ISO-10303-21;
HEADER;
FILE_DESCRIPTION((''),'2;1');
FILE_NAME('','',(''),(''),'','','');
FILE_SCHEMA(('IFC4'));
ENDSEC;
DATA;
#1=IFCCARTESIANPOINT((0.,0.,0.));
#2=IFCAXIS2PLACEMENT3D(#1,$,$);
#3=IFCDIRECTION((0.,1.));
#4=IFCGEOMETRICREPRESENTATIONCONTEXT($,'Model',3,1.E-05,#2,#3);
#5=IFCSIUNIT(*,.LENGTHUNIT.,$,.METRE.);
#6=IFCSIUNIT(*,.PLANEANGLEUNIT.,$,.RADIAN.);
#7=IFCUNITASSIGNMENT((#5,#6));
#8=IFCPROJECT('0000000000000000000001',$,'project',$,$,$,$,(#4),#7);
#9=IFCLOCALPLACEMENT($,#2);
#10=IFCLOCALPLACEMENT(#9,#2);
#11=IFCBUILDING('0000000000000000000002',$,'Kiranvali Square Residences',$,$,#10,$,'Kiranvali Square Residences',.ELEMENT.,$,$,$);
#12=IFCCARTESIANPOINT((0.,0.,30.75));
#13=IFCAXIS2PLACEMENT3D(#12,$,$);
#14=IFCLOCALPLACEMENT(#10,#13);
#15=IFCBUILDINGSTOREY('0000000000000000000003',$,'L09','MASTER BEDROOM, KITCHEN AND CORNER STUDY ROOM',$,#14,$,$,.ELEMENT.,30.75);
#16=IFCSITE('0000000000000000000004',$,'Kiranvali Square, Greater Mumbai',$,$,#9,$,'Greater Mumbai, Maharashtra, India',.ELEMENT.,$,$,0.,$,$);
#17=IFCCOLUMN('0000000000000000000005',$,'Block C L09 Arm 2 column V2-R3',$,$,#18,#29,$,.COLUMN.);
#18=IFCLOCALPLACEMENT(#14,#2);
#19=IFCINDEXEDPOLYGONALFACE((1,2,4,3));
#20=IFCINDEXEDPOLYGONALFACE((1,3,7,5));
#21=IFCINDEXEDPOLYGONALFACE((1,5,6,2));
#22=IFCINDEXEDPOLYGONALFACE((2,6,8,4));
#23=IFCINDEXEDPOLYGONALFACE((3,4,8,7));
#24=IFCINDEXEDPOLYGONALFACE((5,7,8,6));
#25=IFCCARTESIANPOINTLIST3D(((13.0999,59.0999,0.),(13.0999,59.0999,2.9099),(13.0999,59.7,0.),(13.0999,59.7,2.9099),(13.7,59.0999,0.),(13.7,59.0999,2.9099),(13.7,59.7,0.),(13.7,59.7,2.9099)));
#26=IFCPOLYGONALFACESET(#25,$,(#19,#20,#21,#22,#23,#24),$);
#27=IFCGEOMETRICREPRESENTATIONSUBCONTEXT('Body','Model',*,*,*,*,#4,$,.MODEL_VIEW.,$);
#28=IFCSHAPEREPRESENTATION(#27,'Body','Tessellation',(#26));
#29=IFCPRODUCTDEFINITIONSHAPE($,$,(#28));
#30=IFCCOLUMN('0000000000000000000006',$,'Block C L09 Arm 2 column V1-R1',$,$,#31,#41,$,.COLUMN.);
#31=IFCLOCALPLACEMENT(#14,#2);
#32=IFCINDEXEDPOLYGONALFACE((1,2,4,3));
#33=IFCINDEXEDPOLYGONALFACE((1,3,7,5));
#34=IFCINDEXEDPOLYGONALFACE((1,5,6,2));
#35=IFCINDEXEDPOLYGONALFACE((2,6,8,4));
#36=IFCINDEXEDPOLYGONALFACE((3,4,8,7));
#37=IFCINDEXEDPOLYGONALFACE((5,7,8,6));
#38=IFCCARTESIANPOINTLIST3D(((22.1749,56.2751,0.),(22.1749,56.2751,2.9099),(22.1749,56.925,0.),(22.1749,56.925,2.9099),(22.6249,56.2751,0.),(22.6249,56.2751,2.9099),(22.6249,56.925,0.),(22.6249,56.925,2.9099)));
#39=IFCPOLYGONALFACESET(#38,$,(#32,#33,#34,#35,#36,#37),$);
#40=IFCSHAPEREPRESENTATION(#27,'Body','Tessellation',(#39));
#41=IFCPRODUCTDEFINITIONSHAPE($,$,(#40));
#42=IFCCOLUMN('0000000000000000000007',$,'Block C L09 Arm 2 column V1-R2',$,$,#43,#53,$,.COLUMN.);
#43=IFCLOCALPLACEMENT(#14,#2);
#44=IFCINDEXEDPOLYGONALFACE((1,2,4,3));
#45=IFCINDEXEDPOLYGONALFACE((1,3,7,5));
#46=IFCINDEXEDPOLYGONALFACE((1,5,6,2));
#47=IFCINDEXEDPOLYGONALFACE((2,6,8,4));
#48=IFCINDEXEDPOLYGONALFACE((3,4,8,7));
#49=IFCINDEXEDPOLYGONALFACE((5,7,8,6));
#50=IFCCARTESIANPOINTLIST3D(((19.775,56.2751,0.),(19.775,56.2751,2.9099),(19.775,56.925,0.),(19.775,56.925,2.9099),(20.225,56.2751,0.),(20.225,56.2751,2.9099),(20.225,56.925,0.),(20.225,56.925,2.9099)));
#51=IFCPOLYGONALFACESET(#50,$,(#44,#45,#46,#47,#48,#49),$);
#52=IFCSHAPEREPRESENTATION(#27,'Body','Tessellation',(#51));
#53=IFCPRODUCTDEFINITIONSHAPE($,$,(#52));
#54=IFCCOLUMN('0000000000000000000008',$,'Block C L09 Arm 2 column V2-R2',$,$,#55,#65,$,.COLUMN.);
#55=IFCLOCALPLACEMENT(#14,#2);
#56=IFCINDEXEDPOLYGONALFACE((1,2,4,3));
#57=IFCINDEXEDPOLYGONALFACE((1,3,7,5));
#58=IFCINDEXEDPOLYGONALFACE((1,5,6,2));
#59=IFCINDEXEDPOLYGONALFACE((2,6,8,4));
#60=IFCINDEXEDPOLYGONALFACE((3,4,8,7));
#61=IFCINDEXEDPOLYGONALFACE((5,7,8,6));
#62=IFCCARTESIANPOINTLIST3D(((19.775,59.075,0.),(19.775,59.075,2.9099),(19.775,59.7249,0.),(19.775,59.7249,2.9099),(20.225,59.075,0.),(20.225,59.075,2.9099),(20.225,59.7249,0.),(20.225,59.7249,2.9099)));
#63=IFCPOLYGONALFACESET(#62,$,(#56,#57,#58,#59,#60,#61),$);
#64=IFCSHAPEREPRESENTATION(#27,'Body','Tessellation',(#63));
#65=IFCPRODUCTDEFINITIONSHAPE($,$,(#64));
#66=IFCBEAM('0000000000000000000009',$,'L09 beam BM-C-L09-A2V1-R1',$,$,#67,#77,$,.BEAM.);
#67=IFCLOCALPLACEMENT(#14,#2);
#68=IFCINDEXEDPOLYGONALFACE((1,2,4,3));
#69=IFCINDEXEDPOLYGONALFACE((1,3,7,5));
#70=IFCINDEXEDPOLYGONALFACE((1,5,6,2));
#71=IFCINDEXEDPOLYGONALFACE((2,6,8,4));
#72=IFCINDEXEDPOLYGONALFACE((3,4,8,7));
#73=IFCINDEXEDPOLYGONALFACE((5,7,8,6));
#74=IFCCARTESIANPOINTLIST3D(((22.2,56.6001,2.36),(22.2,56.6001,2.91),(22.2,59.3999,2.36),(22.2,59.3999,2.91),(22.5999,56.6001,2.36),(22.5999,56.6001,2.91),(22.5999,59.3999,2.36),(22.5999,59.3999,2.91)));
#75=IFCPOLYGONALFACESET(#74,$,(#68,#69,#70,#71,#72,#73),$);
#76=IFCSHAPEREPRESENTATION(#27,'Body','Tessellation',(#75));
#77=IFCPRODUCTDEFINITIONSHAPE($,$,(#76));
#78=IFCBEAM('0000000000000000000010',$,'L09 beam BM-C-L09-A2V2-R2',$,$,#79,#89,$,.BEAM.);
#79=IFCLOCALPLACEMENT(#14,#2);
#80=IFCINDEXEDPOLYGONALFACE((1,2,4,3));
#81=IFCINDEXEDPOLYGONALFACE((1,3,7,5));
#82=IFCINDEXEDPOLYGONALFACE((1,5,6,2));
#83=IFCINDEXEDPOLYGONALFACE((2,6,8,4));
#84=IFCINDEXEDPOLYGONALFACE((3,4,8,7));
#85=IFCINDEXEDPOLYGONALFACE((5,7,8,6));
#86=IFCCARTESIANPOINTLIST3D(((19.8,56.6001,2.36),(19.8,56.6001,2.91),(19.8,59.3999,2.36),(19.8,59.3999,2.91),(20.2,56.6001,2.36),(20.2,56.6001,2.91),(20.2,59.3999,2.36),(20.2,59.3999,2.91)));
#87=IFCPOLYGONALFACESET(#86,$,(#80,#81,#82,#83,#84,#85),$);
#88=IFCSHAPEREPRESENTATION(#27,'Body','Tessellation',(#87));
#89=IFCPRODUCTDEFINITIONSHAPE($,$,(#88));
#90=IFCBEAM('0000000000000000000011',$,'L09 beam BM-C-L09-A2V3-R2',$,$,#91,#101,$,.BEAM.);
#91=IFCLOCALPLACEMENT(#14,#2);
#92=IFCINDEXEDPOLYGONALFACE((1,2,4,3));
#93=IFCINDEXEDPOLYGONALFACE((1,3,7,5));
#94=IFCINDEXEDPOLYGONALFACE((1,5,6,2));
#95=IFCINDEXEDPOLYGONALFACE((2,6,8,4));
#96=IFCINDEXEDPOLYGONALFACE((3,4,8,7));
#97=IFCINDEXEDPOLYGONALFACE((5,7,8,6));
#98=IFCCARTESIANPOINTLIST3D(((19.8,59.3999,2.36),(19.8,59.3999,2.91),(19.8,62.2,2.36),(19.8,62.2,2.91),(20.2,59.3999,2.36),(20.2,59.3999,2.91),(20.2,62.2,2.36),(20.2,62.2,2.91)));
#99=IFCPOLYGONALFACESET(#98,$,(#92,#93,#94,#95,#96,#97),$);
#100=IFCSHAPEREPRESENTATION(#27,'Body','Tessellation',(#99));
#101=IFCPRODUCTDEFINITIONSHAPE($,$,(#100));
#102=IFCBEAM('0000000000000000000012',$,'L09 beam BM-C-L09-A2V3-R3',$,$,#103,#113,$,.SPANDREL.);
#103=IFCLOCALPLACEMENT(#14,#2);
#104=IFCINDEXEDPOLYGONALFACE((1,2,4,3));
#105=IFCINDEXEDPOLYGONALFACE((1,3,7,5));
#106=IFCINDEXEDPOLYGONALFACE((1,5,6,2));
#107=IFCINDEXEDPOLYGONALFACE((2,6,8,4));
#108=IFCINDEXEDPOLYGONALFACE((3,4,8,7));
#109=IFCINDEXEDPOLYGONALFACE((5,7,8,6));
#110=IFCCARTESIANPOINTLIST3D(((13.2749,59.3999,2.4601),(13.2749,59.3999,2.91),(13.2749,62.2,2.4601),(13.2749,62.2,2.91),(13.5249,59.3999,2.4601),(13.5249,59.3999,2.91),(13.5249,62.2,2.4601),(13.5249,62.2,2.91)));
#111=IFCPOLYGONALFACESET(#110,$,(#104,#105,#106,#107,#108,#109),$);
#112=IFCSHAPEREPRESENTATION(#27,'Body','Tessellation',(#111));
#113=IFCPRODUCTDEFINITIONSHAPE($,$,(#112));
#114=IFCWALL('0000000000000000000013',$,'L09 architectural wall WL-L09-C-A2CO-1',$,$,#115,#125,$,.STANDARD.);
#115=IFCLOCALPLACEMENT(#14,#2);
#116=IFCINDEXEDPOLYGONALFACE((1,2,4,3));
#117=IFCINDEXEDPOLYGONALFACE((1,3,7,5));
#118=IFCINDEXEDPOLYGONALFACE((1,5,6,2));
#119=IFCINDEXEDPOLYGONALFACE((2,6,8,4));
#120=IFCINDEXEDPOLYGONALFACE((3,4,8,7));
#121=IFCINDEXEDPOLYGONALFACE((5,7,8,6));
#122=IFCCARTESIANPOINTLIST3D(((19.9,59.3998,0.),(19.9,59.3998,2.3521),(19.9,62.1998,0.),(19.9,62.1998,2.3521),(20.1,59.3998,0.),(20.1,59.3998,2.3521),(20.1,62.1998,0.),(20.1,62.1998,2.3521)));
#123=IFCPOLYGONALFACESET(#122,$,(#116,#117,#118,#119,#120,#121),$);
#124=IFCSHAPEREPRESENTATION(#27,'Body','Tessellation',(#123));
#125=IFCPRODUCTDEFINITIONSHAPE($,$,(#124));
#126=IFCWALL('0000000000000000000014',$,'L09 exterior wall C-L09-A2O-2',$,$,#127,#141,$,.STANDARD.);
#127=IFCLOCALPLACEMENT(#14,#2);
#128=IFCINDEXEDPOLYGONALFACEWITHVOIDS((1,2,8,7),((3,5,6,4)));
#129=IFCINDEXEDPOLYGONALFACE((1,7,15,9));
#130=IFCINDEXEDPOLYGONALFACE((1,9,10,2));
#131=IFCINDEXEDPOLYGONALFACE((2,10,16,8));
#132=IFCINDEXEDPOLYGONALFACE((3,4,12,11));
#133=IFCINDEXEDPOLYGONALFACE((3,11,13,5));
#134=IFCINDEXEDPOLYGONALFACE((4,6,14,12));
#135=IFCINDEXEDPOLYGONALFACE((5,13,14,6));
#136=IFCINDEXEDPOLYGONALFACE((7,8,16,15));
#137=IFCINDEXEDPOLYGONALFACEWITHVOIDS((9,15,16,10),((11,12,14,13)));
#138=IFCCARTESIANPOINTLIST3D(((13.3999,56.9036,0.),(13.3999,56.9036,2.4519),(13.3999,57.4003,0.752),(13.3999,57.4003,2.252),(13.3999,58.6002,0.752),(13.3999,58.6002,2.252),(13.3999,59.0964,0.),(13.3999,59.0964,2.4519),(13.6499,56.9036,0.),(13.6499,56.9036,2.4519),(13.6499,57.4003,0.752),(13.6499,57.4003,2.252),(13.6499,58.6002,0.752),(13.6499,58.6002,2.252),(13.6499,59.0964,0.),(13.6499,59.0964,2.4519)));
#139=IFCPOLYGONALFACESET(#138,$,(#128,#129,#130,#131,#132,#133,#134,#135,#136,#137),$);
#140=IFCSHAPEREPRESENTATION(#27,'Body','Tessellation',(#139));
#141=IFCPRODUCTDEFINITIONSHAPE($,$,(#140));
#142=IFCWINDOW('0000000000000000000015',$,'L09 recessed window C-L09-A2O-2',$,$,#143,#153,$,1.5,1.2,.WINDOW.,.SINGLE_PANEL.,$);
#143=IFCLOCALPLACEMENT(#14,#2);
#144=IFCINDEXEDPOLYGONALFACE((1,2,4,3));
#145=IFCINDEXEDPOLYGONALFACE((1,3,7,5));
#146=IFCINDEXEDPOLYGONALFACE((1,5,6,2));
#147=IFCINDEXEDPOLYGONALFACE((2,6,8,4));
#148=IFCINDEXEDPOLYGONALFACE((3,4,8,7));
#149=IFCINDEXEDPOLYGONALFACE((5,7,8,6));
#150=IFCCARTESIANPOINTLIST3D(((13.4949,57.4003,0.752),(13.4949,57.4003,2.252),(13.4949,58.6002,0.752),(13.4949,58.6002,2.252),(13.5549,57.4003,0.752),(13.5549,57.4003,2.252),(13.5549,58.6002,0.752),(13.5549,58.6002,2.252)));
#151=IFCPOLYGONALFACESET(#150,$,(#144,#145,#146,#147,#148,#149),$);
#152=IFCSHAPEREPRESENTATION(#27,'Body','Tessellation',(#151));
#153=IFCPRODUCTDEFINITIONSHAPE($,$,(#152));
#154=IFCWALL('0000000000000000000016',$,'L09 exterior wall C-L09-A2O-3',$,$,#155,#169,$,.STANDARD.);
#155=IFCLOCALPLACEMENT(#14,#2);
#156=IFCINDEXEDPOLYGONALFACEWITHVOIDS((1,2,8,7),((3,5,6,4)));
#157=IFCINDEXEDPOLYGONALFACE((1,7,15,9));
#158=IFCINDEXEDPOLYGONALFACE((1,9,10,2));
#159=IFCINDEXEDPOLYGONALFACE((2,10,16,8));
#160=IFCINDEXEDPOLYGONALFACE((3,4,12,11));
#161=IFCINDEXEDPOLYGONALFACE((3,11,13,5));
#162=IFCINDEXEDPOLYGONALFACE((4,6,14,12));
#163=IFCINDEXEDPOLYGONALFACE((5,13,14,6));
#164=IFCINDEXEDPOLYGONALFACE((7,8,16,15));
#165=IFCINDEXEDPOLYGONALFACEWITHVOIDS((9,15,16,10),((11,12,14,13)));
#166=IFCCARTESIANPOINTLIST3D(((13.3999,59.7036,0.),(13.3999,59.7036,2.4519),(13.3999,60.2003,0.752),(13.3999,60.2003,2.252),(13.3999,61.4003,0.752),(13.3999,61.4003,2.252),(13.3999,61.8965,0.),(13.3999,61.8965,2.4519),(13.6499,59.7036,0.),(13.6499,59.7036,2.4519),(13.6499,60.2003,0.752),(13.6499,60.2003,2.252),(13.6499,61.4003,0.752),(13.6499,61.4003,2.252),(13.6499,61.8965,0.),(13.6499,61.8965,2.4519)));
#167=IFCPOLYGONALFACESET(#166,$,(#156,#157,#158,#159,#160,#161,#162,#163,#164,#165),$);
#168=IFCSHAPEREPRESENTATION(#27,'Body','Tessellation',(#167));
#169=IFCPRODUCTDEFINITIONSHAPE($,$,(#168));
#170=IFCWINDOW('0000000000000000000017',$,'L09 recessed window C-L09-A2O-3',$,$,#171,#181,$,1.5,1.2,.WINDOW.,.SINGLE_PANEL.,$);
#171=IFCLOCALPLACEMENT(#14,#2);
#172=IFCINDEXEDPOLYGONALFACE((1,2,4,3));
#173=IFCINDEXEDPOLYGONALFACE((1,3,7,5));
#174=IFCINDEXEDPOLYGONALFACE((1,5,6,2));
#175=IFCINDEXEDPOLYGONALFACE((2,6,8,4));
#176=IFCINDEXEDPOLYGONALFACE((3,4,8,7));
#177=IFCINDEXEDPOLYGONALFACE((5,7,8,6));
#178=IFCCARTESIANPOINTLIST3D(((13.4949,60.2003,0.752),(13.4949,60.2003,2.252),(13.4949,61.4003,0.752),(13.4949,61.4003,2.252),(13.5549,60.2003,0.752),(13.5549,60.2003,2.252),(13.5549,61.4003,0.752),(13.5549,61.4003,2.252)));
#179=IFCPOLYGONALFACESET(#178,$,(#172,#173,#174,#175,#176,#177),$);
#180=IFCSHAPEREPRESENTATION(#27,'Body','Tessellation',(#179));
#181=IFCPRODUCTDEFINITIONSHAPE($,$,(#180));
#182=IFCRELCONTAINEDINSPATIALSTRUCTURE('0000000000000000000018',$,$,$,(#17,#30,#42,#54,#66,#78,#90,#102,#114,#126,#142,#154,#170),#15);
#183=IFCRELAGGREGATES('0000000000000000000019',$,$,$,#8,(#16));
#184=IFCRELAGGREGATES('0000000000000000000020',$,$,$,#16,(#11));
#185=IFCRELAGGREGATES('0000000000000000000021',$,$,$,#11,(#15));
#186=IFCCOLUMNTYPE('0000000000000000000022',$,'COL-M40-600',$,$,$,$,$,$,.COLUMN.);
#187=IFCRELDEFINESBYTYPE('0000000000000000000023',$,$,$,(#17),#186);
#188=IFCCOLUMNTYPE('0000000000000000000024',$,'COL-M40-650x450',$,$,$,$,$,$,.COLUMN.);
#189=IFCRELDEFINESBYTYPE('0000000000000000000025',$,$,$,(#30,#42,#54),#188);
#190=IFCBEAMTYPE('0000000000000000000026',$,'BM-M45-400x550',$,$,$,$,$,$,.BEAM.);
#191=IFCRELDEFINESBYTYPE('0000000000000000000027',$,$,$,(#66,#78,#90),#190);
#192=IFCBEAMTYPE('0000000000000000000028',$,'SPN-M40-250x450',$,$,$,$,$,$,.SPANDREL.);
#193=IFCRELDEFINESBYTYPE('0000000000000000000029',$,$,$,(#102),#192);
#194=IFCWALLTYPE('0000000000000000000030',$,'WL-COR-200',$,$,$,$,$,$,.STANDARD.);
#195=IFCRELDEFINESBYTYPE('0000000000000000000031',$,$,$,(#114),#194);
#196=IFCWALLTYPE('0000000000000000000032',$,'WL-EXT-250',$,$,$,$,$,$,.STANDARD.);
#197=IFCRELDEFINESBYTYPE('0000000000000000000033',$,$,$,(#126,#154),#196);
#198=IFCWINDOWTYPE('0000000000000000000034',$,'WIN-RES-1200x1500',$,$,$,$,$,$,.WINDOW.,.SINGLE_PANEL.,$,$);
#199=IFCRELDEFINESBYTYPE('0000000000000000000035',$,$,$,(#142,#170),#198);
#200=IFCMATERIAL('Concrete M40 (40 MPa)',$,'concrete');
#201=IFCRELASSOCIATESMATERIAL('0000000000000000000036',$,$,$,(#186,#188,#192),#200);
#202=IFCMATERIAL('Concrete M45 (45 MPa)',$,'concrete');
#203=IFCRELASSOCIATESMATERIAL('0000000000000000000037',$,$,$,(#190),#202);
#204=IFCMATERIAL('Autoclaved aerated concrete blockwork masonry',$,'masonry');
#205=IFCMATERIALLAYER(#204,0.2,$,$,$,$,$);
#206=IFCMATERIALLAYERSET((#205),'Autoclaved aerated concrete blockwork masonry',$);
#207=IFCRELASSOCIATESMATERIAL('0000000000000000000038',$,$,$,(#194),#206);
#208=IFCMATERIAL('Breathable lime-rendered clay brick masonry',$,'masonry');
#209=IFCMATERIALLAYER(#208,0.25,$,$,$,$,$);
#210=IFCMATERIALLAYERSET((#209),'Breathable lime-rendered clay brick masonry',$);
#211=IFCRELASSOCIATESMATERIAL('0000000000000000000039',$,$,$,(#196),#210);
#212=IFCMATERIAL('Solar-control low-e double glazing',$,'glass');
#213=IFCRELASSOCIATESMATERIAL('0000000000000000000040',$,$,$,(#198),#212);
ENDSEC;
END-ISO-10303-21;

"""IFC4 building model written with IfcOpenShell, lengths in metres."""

from ifc_helpers import new_model, si_unit, direction, frame, frame_2d, origin, origin_2d, place, context, subcontext, project, spatial, rectangle, extrude, material, layer, layer_set, material_profile, profile_set, type_object, element, fill, save


model = new_model("IFC4")

# Units and contexts
model_context = context("Model", 3, precision=1e-05, world=origin(), true_north=direction((0.0, 1.0)))
body_context = subcontext(model_context, "Body", "Model", "MODEL_VIEW")
ifc_project = project(units=[si_unit("LENGTHUNIT", "METRE"), si_unit("PLANEANGLEUNIT", "RADIAN")], contexts=[model_context])

# Site, building, storey
site_placement = place(None, origin())
site = spatial("IfcSite", under=ifc_project, at=site_placement, Name="Kiranvali Square, Greater Mumbai", LongName="Greater Mumbai, Maharashtra, India", CompositionType="ELEMENT", RefElevation=0.0)
building_placement = place(site_placement, origin())
building = spatial("IfcBuilding", under=site, at=building_placement, Name="Kiranvali Square Residences", LongName="Kiranvali Square Residences", CompositionType="ELEMENT")
storey_placement = place(building_placement, frame((0.0, 0.0, 30.75)))
storey = spatial("IfcBuildingStorey", under=building, at=storey_placement, Name="L09", Description="MASTER BEDROOM, KITCHEN AND CORNER STUDY ROOM", CompositionType="ELEMENT", Elevation=30.75)

# Columns
ifc_material_1 = material(Name="Concrete M40 (40 MPa)", Category="concrete")
ifc_material_profile_1 = material_profile(ifc_material_1, rectangle(XDim=0.6001, YDim=0.6001, at=origin_2d()), Name="RC 600x600")
ifc_profile_set_1 = profile_set([ifc_material_profile_1], Name="Concrete M40 (40 MPa)")
column_type_1 = type_object("IfcColumnType", Name="COL-M40-600", PredefinedType="COLUMN", material=ifc_profile_set_1)
column_placement = place(storey_placement, frame((13.3999, 59.3999, 0.0), z_axis=(0.0, 0.0, 1.0), x_axis=(1.0, 0.0, 0.0)))
element("IfcColumn", 1, at=column_placement, inside=storey, type_object=column_type_1, Name="Block C L09 Arm 2 column V2-R3", PredefinedType="COLUMN", context=body_context, shape_type="SweptSolid", body=[
    extrude(rectangle(XDim=0.6001, YDim=0.6001, at=origin_2d()), origin(), (0.0, 0.0, 1.0), 2.9099),
])
ifc_material_profile_2 = material_profile(ifc_material_1, rectangle(XDim=0.45, YDim=0.6499, at=origin_2d()), Name="RC 650x450")
ifc_profile_set_2 = profile_set([ifc_material_profile_2], Name="Concrete M40 (40 MPa)")
column_type_2 = type_object("IfcColumnType", Name="COL-M40-650x450", PredefinedType="COLUMN", material=ifc_profile_set_2)
for number, where, z_axis, x_axis, name in (
    (2, (22.3999, 56.6001, 0.0), (0.0, 0.0, 1.0), (1.0, 0.0, 0.0), "Block C L09 Arm 2 column V1-R1"),
    (3, (20.0, 56.6001, 0.0), (0.0, 0.0, 1.0), (1.0, 0.0, 0.0), "Block C L09 Arm 2 column V1-R2"),
    (4, (20.0, 59.3999, 0.0), (0.0, 0.0, 1.0), (1.0, 0.0, 0.0), "Block C L09 Arm 2 column V2-R2"),
):
    element("IfcColumn", number, at=place(storey_placement, frame(where, z_axis=z_axis, x_axis=x_axis)), inside=storey, type_object=column_type_2, Name=name, PredefinedType="COLUMN", context=body_context, shape_type="SweptSolid", body=[
        extrude(rectangle(XDim=0.45, YDim=0.6499, at=origin_2d()), origin(), (0.0, 0.0, 1.0), 2.9099),
    ])

# Beams
ifc_material_2 = material(Name="Concrete M45 (45 MPa)", Category="concrete")
ifc_material_profile_3 = material_profile(ifc_material_2, rectangle(XDim=0.3999, YDim=0.55, at=origin_2d()), Name="RC 400x550")
ifc_profile_set_3 = profile_set([ifc_material_profile_3], Name="Concrete M45 (45 MPa)")
beam_type_1 = type_object("IfcBeamType", Name="BM-M45-400x550", PredefinedType="BEAM", material=ifc_profile_set_3)
for number, where, z_axis, x_axis, name in (
    (5, (22.3999, 56.6001, 2.635), (0.0, 1.0, 0.0), (-1.0, 0.0, 0.0), "L09 beam BM-C-L09-A2V1-R1"),
    (6, (20.0, 56.6001, 2.635), (0.0, 1.0, 0.0), (-1.0, 0.0, 0.0), "L09 beam BM-C-L09-A2V2-R2"),
):
    element("IfcBeam", number, at=place(storey_placement, frame(where, z_axis=z_axis, x_axis=x_axis)), inside=storey, type_object=beam_type_1, Name=name, PredefinedType="BEAM", context=body_context, shape_type="SweptSolid", body=[
        extrude(rectangle(XDim=0.3999, YDim=0.55, at=origin_2d()), origin(), (0.0, 0.0, 1.0), 2.7998),
    ])
beam_1_placement = place(storey_placement, frame((20.0, 59.3999, 2.635), z_axis=(0.0, 1.0, 0.0), x_axis=(-1.0, 0.0, 0.0)))
element("IfcBeam", 7, at=beam_1_placement, inside=storey, type_object=beam_type_1, Name="L09 beam BM-C-L09-A2V3-R2", PredefinedType="BEAM", context=body_context, shape_type="SweptSolid", body=[
    extrude(rectangle(XDim=0.3999, YDim=0.55, at=origin_2d()), origin(), (0.0, 0.0, 1.0), 2.8),
])
ifc_material_profile_4 = material_profile(ifc_material_1, rectangle(XDim=0.25, YDim=0.45, at=origin_2d()), Name="RC 250x450")
ifc_profile_set_4 = profile_set([ifc_material_profile_4], Name="Concrete M40 (40 MPa)")
beam_type_2 = type_object("IfcBeamType", Name="SPN-M40-250x450", PredefinedType="SPANDREL", material=ifc_profile_set_4)
beam_2_placement = place(storey_placement, frame((13.3999, 59.3999, 2.6851), z_axis=(0.0, 1.0, 0.0), x_axis=(-1.0, 0.0, 0.0)))
element("IfcBeam", 8, at=beam_2_placement, inside=storey, type_object=beam_type_2, Name="L09 beam BM-C-L09-A2V3-R3", PredefinedType="SPANDREL", context=body_context, shape_type="SweptSolid", body=[
    extrude(rectangle(XDim=0.25, YDim=0.45, at=origin_2d()), origin(), (0.0, 0.0, 1.0), 2.8),
])

# Shared definitions
ifc_material_3 = material(Name="Autoclaved aerated concrete blockwork masonry", Category="masonry")
ifc_layer_1 = layer(ifc_material_3, 0.2)
ifc_layer_set_1 = layer_set([ifc_layer_1], Name="Autoclaved aerated concrete blockwork masonry")
wall_type_1 = type_object("IfcWallType", Name="WL-COR-200", PredefinedType="STANDARD", material=ifc_layer_set_1)

# Wall
wall_1_placement = place(storey_placement, frame((20.0, 59.3999, 0.0), z_axis=(0.0, 0.0, 1.0), x_axis=(0.0, 1.0, 0.0)))
element("IfcWall", 9, at=wall_1_placement, inside=storey, type_object=wall_type_1, Name="L09 architectural wall WL-L09-C-A2CO-1", PredefinedType="STANDARD", context=body_context, shape_type="SweptSolid", body=[
    extrude(rectangle(XDim=2.8, YDim=0.2, at=frame_2d((1.3999, 0.0))), origin(), (0.0, 0.0, 1.0), 2.3521),
])

# Walls, openings, windows
ifc_material_4 = material(Name="Breathable lime-rendered clay brick masonry", Category="masonry")
ifc_layer_2 = layer(ifc_material_4, 0.25)
ifc_layer_set_2 = layer_set([ifc_layer_2], Name="Breathable lime-rendered clay brick masonry")
wall_type_2 = type_object("IfcWallType", Name="WL-EXT-250", PredefinedType="STANDARD", material=ifc_layer_set_2)
wall_2_placement = place(storey_placement, frame((13.5249, 56.9036, 0.0), z_axis=(0.0, 0.0, 1.0), x_axis=(0.0, 1.0, 0.0)))
wall_2 = element("IfcWall", 10, at=wall_2_placement, inside=storey, type_object=wall_type_2, Name="L09 exterior wall C-L09-A2O-2", PredefinedType="STANDARD", context=body_context, shape_type="SweptSolid", body=[
    extrude(rectangle(XDim=2.1929, YDim=0.25, at=frame_2d((1.0964, 0.0))), origin(), (0.0, 0.0, 1.0), 2.4519),
])
opening_1_placement = place(wall_2_placement, frame((0.4966, 0.0, 0.752)))
opening_1 = element("IfcOpeningElement", 11, at=opening_1_placement, cuts=wall_2, PredefinedType="OPENING", context=body_context, shape_type="SweptSolid", body=[
    extrude(rectangle(XDim=1.2, YDim=1.5, at=frame_2d((0.6001, 0.75))), frame((0.0, 0.135, 0.0), z_axis=(0.0, -1.0, 0.0), x_axis=(1.0, 0.0, 0.0)), (0.0, 0.0, 1.0), 0.27),
])
ifc_material_5 = material(Name="Solar-control low-e double glazing", Category="glass")
window_type_1 = type_object("IfcWindowType", Name="WIN-RES-1200x1500", PartitioningType="SINGLE_PANEL", PredefinedType="WINDOW", material=ifc_material_5)
window_1_placement = place(opening_1_placement, origin())
window_1 = element("IfcWindow", 12, at=window_1_placement, inside=storey, type_object=window_type_1, Name="L09 recessed window C-L09-A2O-2", OverallHeight=1.5, OverallWidth=1.2, PartitioningType="SINGLE_PANEL", PredefinedType="WINDOW", context=body_context, shape_type="SweptSolid", body=[
    extrude(rectangle(XDim=1.2, YDim=1.5, at=frame_2d((0.6001, 0.75))), frame((0.0, 0.03, 0.0), z_axis=(0.0, -1.0, 0.0), x_axis=(1.0, 0.0, 0.0)), (0.0, 0.0, 1.0), 0.0601),
])
fill(opening_1, window_1)
wall_3_placement = place(storey_placement, frame((13.5249, 59.7036, 0.0), z_axis=(0.0, 0.0, 1.0), x_axis=(0.0, 1.0, 0.0)))
wall_3 = element("IfcWall", 13, at=wall_3_placement, inside=storey, type_object=wall_type_2, Name="L09 exterior wall C-L09-A2O-3", PredefinedType="STANDARD", context=body_context, shape_type="SweptSolid", body=[
    extrude(rectangle(XDim=2.1929, YDim=0.25, at=frame_2d((1.0964, 0.0))), origin(), (0.0, 0.0, 1.0), 2.4519),
])
opening_2_placement = place(wall_3_placement, frame((0.4966, 0.0, 0.752)))
opening_2 = element("IfcOpeningElement", 14, at=opening_2_placement, cuts=wall_3, PredefinedType="OPENING", context=body_context, shape_type="SweptSolid", body=[
    extrude(rectangle(XDim=1.2, YDim=1.5, at=frame_2d((0.6001, 0.75))), frame((0.0, 0.135, 0.0), z_axis=(0.0, -1.0, 0.0), x_axis=(1.0, 0.0, 0.0)), (0.0, 0.0, 1.0), 0.27),
])
window_2_placement = place(opening_2_placement, origin())
window_2 = element("IfcWindow", 15, at=window_2_placement, inside=storey, type_object=window_type_1, Name="L09 recessed window C-L09-A2O-3", OverallHeight=1.5, OverallWidth=1.2, PartitioningType="SINGLE_PANEL", PredefinedType="WINDOW", context=body_context, shape_type="SweptSolid", body=[
    extrude(rectangle(XDim=1.2, YDim=1.5, at=frame_2d((0.6001, 0.75))), frame((0.0, 0.03, 0.0), z_axis=(0.0, -1.0, 0.0), x_axis=(1.0, 0.0, 0.0)), (0.0, 0.0, 1.0), 0.0601),
])
fill(opening_2, window_2)

save(model, "model.ifc")
